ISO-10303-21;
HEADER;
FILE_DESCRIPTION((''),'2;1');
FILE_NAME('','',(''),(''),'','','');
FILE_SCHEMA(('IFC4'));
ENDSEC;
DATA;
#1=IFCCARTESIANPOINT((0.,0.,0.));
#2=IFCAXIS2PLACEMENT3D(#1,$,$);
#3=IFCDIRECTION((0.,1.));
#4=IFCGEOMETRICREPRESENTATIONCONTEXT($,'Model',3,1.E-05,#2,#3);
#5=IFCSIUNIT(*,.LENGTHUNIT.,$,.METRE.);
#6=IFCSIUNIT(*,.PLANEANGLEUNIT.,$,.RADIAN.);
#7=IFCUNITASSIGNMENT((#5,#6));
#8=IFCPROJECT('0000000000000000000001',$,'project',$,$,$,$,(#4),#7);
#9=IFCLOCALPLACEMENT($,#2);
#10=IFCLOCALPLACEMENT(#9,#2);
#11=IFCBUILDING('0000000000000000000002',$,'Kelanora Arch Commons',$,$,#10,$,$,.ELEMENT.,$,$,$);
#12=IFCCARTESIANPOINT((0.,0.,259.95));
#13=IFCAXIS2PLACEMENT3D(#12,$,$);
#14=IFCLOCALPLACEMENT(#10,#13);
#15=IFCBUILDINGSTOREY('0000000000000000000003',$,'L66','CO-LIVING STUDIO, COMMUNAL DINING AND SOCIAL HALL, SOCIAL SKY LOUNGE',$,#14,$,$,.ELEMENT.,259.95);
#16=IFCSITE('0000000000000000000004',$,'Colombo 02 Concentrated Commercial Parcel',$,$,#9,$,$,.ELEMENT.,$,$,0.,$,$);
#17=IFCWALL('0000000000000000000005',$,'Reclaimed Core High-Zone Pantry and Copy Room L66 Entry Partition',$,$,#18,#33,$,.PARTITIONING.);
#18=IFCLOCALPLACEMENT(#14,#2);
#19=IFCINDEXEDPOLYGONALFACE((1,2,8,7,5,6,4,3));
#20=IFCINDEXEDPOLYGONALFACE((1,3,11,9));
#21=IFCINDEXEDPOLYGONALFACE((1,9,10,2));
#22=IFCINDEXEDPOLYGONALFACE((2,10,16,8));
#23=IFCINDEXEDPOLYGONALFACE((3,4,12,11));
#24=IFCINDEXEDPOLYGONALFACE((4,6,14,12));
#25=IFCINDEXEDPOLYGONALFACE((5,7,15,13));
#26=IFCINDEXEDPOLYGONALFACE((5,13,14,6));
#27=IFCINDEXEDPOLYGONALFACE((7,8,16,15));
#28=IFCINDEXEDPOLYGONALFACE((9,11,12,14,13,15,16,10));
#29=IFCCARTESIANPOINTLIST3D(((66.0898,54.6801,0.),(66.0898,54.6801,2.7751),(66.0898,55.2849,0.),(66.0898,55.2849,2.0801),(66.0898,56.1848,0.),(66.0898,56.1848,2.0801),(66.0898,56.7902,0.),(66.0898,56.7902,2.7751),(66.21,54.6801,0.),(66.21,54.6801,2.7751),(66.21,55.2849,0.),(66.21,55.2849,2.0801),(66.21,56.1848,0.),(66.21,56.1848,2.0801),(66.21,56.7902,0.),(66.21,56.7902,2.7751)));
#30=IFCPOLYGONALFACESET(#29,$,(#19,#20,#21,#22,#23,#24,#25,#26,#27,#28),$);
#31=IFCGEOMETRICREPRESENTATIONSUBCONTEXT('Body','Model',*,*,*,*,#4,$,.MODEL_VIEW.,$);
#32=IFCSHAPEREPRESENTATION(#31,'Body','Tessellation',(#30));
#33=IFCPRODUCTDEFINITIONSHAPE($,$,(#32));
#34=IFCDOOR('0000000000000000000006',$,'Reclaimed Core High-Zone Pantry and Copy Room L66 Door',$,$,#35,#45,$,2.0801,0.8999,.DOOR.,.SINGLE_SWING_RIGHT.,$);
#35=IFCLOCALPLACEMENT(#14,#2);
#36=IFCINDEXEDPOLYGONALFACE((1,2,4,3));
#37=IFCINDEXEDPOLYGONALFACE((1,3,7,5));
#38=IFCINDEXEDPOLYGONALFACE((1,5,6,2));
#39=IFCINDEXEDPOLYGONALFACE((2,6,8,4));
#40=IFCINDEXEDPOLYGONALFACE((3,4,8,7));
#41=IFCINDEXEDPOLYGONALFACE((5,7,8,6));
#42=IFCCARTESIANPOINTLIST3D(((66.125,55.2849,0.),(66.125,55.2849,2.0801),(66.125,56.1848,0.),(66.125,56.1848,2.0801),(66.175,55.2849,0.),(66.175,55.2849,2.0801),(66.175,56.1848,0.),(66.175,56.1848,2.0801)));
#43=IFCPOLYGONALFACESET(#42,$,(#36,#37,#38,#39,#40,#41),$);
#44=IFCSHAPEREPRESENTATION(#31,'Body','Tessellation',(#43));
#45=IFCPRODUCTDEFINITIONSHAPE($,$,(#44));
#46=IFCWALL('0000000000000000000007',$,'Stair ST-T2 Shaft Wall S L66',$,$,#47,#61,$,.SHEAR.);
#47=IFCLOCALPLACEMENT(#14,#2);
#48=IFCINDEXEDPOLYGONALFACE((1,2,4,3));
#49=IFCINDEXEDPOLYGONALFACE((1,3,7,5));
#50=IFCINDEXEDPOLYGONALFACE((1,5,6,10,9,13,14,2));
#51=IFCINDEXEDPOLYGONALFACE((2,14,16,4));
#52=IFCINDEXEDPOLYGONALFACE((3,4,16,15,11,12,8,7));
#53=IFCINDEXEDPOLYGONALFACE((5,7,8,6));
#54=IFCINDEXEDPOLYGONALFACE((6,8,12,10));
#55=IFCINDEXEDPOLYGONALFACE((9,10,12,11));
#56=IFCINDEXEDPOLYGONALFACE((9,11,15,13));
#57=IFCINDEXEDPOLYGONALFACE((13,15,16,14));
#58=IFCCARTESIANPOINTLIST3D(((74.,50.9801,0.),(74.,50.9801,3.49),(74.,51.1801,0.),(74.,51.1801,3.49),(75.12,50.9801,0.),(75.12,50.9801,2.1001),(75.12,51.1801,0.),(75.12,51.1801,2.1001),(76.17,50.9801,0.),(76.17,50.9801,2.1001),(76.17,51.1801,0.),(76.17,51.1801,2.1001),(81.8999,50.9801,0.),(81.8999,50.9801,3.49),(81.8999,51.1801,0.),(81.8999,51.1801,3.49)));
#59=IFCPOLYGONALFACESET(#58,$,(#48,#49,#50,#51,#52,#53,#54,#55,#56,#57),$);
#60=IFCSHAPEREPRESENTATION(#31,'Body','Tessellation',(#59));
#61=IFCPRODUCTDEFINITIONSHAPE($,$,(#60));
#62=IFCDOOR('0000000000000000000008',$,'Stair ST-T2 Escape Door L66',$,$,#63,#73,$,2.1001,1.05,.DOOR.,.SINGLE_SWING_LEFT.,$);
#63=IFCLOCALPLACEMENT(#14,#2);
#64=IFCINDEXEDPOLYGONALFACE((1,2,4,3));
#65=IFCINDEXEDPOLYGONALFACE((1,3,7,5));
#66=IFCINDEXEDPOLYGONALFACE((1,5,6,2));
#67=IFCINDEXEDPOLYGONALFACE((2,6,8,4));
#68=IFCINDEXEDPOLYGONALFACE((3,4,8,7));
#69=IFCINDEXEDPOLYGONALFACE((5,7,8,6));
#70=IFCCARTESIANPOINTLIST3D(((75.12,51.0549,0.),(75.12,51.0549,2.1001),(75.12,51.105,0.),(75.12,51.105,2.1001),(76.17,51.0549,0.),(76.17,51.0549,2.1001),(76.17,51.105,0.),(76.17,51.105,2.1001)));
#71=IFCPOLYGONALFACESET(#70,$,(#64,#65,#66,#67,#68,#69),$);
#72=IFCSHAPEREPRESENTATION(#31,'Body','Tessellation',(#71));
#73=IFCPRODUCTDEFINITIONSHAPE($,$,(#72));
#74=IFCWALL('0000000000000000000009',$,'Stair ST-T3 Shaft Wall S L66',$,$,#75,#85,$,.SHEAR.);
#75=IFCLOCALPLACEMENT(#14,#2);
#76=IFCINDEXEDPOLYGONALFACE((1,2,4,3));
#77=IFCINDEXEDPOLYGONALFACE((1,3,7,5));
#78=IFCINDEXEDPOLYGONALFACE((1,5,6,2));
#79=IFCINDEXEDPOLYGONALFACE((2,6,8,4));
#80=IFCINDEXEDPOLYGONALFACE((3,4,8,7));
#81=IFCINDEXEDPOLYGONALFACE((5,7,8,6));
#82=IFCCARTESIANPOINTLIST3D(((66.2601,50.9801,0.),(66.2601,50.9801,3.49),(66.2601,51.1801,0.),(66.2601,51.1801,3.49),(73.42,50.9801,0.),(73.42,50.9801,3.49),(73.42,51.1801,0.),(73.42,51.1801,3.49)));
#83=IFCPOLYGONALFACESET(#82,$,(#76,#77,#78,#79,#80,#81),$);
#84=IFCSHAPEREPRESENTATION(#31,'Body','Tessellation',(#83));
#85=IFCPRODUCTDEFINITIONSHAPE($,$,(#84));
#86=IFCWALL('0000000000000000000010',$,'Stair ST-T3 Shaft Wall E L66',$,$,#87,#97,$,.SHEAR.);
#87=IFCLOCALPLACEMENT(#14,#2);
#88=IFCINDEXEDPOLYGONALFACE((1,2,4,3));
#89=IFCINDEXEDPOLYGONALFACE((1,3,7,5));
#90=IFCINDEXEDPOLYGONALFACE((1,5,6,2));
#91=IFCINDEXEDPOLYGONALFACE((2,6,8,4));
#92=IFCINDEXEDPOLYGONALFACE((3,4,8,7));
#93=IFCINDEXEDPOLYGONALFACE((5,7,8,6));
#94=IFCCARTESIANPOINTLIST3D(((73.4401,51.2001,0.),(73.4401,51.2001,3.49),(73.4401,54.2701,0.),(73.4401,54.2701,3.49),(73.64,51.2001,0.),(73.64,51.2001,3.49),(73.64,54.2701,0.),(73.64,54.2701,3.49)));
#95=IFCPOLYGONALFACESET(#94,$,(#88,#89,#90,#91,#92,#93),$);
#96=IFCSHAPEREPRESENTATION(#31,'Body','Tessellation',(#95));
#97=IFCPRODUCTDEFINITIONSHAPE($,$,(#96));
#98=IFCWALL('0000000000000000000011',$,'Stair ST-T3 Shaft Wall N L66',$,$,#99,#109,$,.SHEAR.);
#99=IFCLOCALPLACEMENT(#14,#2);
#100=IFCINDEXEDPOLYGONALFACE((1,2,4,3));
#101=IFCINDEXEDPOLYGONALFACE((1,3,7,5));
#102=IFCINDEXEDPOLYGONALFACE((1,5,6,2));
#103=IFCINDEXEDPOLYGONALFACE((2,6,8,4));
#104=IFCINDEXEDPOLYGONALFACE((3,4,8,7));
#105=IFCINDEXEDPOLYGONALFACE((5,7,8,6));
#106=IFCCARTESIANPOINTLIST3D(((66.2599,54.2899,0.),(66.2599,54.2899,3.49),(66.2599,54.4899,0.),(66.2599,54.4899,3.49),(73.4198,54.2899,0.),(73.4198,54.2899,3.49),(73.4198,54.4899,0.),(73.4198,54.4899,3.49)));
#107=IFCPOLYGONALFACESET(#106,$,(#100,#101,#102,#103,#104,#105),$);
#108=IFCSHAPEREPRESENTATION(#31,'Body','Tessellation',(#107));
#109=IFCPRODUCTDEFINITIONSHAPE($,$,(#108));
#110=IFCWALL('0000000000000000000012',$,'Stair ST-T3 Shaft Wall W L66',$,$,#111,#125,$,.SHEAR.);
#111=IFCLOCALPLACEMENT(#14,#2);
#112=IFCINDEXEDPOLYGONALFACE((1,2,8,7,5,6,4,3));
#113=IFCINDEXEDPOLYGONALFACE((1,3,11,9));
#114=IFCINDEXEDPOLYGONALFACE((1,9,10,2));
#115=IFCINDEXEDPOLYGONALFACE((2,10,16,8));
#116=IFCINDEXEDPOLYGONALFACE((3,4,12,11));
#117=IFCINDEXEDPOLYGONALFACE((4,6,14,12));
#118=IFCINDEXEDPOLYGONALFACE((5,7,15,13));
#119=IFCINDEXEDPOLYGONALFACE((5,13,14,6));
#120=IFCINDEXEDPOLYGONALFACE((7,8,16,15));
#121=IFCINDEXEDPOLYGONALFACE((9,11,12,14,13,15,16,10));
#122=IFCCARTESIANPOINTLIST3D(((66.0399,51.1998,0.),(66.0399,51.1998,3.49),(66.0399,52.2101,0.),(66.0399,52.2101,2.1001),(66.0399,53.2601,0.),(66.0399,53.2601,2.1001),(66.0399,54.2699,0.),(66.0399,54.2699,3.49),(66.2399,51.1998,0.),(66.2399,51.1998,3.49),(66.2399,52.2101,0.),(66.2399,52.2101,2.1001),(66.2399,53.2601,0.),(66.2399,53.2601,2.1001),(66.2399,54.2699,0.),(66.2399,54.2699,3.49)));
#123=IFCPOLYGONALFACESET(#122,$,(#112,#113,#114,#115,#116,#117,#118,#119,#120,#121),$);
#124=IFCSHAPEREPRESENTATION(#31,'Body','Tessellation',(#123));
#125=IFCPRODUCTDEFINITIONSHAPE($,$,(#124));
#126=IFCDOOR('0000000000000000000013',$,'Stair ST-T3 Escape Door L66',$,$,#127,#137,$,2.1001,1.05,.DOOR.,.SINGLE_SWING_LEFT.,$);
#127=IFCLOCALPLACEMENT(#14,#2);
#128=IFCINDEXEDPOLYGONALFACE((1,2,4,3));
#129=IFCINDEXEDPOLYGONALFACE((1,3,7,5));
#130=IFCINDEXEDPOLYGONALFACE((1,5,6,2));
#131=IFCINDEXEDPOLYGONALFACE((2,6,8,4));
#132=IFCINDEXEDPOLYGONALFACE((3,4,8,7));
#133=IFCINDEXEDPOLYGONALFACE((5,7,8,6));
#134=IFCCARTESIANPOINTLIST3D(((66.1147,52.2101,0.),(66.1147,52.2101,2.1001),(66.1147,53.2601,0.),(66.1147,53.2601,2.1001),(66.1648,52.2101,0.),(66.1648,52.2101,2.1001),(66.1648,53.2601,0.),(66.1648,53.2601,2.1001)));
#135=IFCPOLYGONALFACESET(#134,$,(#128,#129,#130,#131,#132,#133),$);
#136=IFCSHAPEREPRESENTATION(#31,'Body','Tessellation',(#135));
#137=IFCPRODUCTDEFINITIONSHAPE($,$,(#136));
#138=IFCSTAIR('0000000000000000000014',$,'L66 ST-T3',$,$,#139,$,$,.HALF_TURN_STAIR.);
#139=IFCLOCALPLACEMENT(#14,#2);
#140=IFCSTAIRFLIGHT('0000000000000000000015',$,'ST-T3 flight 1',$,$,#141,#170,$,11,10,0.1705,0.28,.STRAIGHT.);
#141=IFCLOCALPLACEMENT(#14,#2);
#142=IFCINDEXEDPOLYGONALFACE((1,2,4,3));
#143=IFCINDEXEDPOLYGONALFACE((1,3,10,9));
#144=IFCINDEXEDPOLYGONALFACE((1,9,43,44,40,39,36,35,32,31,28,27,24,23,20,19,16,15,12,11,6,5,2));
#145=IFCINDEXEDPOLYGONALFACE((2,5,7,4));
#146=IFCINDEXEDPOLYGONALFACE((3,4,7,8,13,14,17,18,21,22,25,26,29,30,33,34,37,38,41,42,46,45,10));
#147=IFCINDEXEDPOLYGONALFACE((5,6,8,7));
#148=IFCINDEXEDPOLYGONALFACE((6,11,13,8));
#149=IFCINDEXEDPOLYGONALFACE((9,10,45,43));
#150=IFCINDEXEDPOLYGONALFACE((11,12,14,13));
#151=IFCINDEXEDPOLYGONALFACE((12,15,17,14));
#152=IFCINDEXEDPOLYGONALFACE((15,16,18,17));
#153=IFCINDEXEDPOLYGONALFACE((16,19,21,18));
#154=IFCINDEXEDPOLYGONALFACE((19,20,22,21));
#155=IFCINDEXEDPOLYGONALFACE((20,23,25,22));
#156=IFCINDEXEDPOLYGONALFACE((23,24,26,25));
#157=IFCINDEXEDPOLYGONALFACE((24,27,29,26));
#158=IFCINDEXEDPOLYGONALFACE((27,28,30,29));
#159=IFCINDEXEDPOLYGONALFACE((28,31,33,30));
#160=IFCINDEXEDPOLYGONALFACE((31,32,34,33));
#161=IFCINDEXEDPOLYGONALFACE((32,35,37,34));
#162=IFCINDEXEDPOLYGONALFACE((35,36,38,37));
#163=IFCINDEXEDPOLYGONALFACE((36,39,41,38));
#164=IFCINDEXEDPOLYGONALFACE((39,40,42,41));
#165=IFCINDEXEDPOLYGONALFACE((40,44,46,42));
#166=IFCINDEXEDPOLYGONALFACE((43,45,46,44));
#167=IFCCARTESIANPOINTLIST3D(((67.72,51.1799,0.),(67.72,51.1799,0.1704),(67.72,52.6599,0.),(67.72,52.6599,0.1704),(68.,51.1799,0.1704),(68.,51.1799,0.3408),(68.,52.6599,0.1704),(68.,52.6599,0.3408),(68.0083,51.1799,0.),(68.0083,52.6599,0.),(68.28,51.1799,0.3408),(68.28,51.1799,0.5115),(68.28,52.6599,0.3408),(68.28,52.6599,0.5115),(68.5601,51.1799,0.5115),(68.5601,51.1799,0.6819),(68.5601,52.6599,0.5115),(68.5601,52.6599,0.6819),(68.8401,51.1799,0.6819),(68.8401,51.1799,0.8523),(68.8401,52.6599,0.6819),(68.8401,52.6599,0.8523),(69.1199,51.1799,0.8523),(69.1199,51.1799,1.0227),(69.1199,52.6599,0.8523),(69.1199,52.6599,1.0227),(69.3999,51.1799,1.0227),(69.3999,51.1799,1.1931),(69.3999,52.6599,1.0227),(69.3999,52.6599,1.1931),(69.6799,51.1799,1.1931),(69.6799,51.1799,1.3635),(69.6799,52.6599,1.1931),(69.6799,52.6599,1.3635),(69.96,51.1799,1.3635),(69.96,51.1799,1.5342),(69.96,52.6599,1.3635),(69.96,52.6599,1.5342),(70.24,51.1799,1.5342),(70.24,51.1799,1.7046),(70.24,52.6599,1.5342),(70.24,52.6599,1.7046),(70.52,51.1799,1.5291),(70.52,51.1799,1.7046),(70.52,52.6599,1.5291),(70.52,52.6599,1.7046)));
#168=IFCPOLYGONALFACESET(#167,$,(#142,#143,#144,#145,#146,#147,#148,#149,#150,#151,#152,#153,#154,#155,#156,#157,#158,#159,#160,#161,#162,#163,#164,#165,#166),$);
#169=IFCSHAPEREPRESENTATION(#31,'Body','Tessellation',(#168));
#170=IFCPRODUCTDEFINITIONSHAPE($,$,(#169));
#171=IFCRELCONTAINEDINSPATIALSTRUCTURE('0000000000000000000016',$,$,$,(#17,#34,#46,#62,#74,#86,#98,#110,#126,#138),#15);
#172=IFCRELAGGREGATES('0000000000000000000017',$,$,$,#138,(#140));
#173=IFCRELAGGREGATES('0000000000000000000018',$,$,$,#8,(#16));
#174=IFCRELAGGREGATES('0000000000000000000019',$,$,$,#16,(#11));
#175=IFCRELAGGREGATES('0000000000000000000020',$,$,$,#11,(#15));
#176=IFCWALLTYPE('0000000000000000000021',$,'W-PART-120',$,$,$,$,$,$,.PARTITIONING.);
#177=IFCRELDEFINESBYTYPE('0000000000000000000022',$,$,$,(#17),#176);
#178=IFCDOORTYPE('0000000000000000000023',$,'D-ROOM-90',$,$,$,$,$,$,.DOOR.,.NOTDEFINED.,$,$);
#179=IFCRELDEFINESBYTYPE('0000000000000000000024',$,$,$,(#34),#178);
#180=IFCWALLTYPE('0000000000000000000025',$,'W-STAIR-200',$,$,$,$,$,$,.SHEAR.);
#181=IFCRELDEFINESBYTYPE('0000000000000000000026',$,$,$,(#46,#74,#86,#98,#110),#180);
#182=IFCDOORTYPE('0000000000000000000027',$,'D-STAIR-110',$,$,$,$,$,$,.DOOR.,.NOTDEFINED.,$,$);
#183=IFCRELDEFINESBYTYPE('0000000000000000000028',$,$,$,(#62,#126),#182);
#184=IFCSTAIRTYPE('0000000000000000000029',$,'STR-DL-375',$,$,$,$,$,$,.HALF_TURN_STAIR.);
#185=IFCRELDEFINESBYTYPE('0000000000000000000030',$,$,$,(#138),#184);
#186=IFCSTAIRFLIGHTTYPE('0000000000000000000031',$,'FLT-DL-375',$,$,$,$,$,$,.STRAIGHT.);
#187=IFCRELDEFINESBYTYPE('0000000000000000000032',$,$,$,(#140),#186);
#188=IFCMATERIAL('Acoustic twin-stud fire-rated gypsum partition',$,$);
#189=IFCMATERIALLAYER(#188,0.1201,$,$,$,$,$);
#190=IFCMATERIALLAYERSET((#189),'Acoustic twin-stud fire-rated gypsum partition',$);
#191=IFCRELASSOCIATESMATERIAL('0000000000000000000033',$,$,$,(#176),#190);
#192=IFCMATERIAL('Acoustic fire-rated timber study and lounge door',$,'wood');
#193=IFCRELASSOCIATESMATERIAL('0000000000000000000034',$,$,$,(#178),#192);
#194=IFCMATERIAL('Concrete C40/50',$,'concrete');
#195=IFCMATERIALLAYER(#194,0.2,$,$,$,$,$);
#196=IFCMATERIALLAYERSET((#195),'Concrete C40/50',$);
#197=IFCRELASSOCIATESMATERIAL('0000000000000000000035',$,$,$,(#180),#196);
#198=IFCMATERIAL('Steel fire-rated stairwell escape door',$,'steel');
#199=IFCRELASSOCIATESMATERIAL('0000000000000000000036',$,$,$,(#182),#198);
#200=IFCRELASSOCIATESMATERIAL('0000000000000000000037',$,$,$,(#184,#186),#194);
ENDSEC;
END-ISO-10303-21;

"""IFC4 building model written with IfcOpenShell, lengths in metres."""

from ifc_helpers import new_model, si_unit, direction, frame, frame_2d, origin, place, context, subcontext, project, spatial, polyline, rectangle, outline, extrude, material, layer, layer_set, type_object, element, fill, aggregate, save


model = new_model("IFC4")

# Units and contexts
model_context = context("Model", 3, precision=1e-05, world=origin(), true_north=direction((0.0, 1.0)))
body_context = subcontext(model_context, "Body", "Model", "MODEL_VIEW")
ifc_project = project(units=[si_unit("LENGTHUNIT", "METRE"), si_unit("PLANEANGLEUNIT", "RADIAN")], contexts=[model_context])

# Site, building, storey
site_placement = place(None, origin())
site = spatial("IfcSite", under=ifc_project, at=site_placement, Name="Colombo 02 Concentrated Commercial Parcel", CompositionType="ELEMENT", RefElevation=0.0)
building_placement = place(site_placement, origin())
building = spatial("IfcBuilding", under=site, at=building_placement, Name="Kelanora Arch Commons", CompositionType="ELEMENT")
storey_placement = place(building_placement, frame((0.0, 0.0, 259.95)))
storey = spatial("IfcBuildingStorey", under=building, at=storey_placement, Name="L66", Description="CO-LIVING STUDIO, COMMUNAL DINING AND SOCIAL HALL, SOCIAL SKY LOUNGE", CompositionType="ELEMENT", Elevation=259.95)

# Shared definitions
ifc_material_1 = material(Name="Concrete C40/50", Category="concrete")

# Walls, openings, doors
ifc_material_2 = material(Name="Acoustic twin-stud fire-rated gypsum partition")
ifc_layer_1 = layer(ifc_material_2, 0.1201)
ifc_layer_set_1 = layer_set([ifc_layer_1], Name="Acoustic twin-stud fire-rated gypsum partition")
wall_type_1 = type_object("IfcWallType", Name="W-PART-120", PredefinedType="PARTITIONING", material=ifc_layer_set_1)
wall_1_placement = place(storey_placement, frame((66.1499, 54.6799, 0.0), z_axis=(0.0, 0.0, 1.0), x_axis=(0.0, 1.0, 0.0)))
wall_1 = element("IfcWall", 1, at=wall_1_placement, inside=storey, type_object=wall_type_1, Name="Reclaimed Core High-Zone Pantry and Copy Room L66 Entry Partition", PredefinedType="PARTITIONING", context=body_context, shape_type="SweptSolid", body=[
    extrude(rectangle(XDim=2.1101, YDim=0.1201, at=frame_2d((1.0552, 0.0))), origin(), (0.0, 0.0, 1.0), 2.7751),
])
opening_1_placement = place(wall_1_placement, frame((0.605, 0.0, 0.0)))
opening_1 = element("IfcOpeningElement", 2, at=opening_1_placement, cuts=wall_1, PredefinedType="OPENING", context=body_context, shape_type="SweptSolid", body=[
    extrude(rectangle(XDim=0.8999, YDim=2.0801, at=frame_2d((0.45, 1.04))), frame((0.0, 0.0701, 0.0), z_axis=(0.0, -1.0, 0.0), x_axis=(1.0, 0.0, 0.0)), (0.0, 0.0, 1.0), 0.1401),
])
ifc_material_3 = material(Name="Acoustic fire-rated timber study and lounge door", Category="wood")
door_type_1 = type_object("IfcDoorType", Name="D-ROOM-90", OperationType="NOTDEFINED", PredefinedType="DOOR", material=ifc_material_3)
door_1_placement = place(opening_1_placement, origin())
door_1 = element("IfcDoor", 3, at=door_1_placement, inside=storey, type_object=door_type_1, Name="Reclaimed Core High-Zone Pantry and Copy Room L66 Door", OperationType="SINGLE_SWING_RIGHT", OverallHeight=2.0801, OverallWidth=0.8999, PredefinedType="DOOR", context=body_context, shape_type="SweptSolid", body=[
    extrude(rectangle(XDim=0.8999, YDim=2.0801, at=frame_2d((0.45, 1.04))), frame((0.0, 0.0249, 0.0), z_axis=(0.0, -1.0, 0.0), x_axis=(1.0, 0.0, 0.0)), (0.0, 0.0, 1.0), 0.05),
])
fill(opening_1, door_1)
ifc_layer_2 = layer(ifc_material_1, 0.2)
ifc_layer_set_2 = layer_set([ifc_layer_2], Name="Concrete C40/50")
wall_type_2 = type_object("IfcWallType", Name="W-STAIR-200", PredefinedType="SHEAR", material=ifc_layer_set_2)
wall_2_placement = place(storey_placement, frame((74.0, 51.0801, 0.0), z_axis=(0.0, 0.0, 1.0), x_axis=(1.0, 0.0, 0.0)))
wall_2 = element("IfcWall", 4, at=wall_2_placement, inside=storey, type_object=wall_type_2, Name="Stair ST-T2 Shaft Wall S L66", PredefinedType="SHEAR", context=body_context, shape_type="SweptSolid", body=[
    extrude(rectangle(XDim=7.8999, YDim=0.2, at=frame_2d((3.95, 0.0))), origin(), (0.0, 0.0, 1.0), 3.49),
])
opening_2_placement = place(wall_2_placement, frame((1.1201, 0.0, 0.0)))
opening_2 = element("IfcOpeningElement", 5, at=opening_2_placement, cuts=wall_2, PredefinedType="OPENING", context=body_context, shape_type="SweptSolid", body=[
    extrude(rectangle(XDim=1.05, YDim=2.1001, at=frame_2d((0.5249, 1.05))), frame((0.0, 0.1099, 0.0), z_axis=(0.0, -1.0, 0.0), x_axis=(1.0, 0.0, 0.0)), (0.0, 0.0, 1.0), 0.22),
])
ifc_material_4 = material(Name="Steel fire-rated stairwell escape door", Category="steel")
door_type_2 = type_object("IfcDoorType", Name="D-STAIR-110", OperationType="NOTDEFINED", PredefinedType="DOOR", material=ifc_material_4)
door_2_placement = place(opening_2_placement, origin())
door_2 = element("IfcDoor", 6, at=door_2_placement, inside=storey, type_object=door_type_2, Name="Stair ST-T2 Escape Door L66", OperationType="SINGLE_SWING_LEFT", OverallHeight=2.1001, OverallWidth=1.05, PredefinedType="DOOR", context=body_context, shape_type="SweptSolid", body=[
    extrude(rectangle(XDim=1.05, YDim=2.1001, at=frame_2d((0.5249, 1.05))), frame((0.0, 0.0249, 0.0), z_axis=(0.0, -1.0, 0.0), x_axis=(1.0, 0.0, 0.0)), (0.0, 0.0, 1.0), 0.05),
])
fill(opening_2, door_2)

# Walls
wall_3_placement = place(storey_placement, frame((66.26, 51.0801, 0.0), z_axis=(0.0, 0.0, 1.0), x_axis=(1.0, 0.0, 0.0)))
element("IfcWall", 7, at=wall_3_placement, inside=storey, type_object=wall_type_2, Name="Stair ST-T3 Shaft Wall S L66", PredefinedType="SHEAR", context=body_context, shape_type="SweptSolid", body=[
    extrude(rectangle(XDim=7.1599, YDim=0.2, at=frame_2d((3.5801, 0.0))), origin(), (0.0, 0.0, 1.0), 3.49),
])
wall_4_placement = place(storey_placement, frame((73.54, 51.2, 0.0), z_axis=(0.0, 0.0, 1.0), x_axis=(0.0, 1.0, 0.0)))
element("IfcWall", 8, at=wall_4_placement, inside=storey, type_object=wall_type_2, Name="Stair ST-T3 Shaft Wall E L66", PredefinedType="SHEAR", context=body_context, shape_type="SweptSolid", body=[
    extrude(rectangle(XDim=3.0701, YDim=0.2, at=frame_2d((1.5352, 0.0))), origin(), (0.0, 0.0, 1.0), 3.49),
])
wall_5_placement = place(storey_placement, frame((73.4199, 54.3899, 0.0), z_axis=(0.0, 0.0, 1.0), x_axis=(-1.0, 0.0, 0.0)))
element("IfcWall", 9, at=wall_5_placement, inside=storey, type_object=wall_type_2, Name="Stair ST-T3 Shaft Wall N L66", PredefinedType="SHEAR", context=body_context, shape_type="SweptSolid", body=[
    extrude(rectangle(XDim=7.1599, YDim=0.2, at=frame_2d((3.5801, 0.0))), origin(), (0.0, 0.0, 1.0), 3.49),
])

# Wall, opening, door
wall_6_placement = place(storey_placement, frame((66.1399, 54.27, 0.0), z_axis=(0.0, 0.0, 1.0), x_axis=(0.0, -1.0, 0.0)))
wall_6 = element("IfcWall", 10, at=wall_6_placement, inside=storey, type_object=wall_type_2, Name="Stair ST-T3 Shaft Wall W L66", PredefinedType="SHEAR", context=body_context, shape_type="SweptSolid", body=[
    extrude(rectangle(XDim=3.0701, YDim=0.2, at=frame_2d((1.5352, 0.0))), origin(), (0.0, 0.0, 1.0), 3.49),
])
opening_3_placement = place(wall_6_placement, frame((1.01, 0.0, 0.0)))
opening_3 = element("IfcOpeningElement", 11, at=opening_3_placement, cuts=wall_6, PredefinedType="OPENING", context=body_context, shape_type="SweptSolid", body=[
    extrude(rectangle(XDim=1.05, YDim=2.1001, at=frame_2d((0.5249, 1.05))), frame((0.0, 0.1099, 0.0), z_axis=(0.0, -1.0, 0.0), x_axis=(1.0, 0.0, 0.0)), (0.0, 0.0, 1.0), 0.22),
])
door_3_placement = place(opening_3_placement, origin())
door_3 = element("IfcDoor", 12, at=door_3_placement, inside=storey, type_object=door_type_2, Name="Stair ST-T3 Escape Door L66", OperationType="SINGLE_SWING_LEFT", OverallHeight=2.1001, OverallWidth=1.05, PredefinedType="DOOR", context=body_context, shape_type="SweptSolid", body=[
    extrude(rectangle(XDim=1.05, YDim=2.1001, at=frame_2d((0.5249, 1.05))), frame((0.0, 0.0249, 0.0), z_axis=(0.0, -1.0, 0.0), x_axis=(1.0, 0.0, 0.0)), (0.0, 0.0, 1.0), 0.05),
])
fill(opening_3, door_3)

# Stair, stair flight
stair_type = type_object("IfcStairType", Name="STR-DL-375", PredefinedType="HALF_TURN_STAIR", material=ifc_material_1)
stair_placement = place(storey_placement, origin())
stair = element("IfcStair", 13, at=stair_placement, inside=storey, type_object=stair_type, Name="L66 ST-T3", PredefinedType="HALF_TURN_STAIR")
stair_flight_type = type_object("IfcStairFlightType", Name="FLT-DL-375", PredefinedType="STRAIGHT", material=ifc_material_1)
stair_flight_1_placement = place(storey_placement, frame((67.72, 51.9199, 0.0), z_axis=(0.0, 0.0, 1.0), x_axis=(1.0, 0.0, 0.0)))
stair_flight_1 = element("IfcStairFlight", 14, at=stair_flight_1_placement, type_object=stair_flight_type, Name="ST-T3 flight 1", NumberOfRisers=11, NumberOfTreads=10, PredefinedType="STRAIGHT", RiserHeight=0.1705, TreadLength=0.28, context=body_context, shape_type="SweptSolid", body=[
    extrude(outline(polyline([(0.0, 0.0), (0.0, 0.1704), (0.28, 0.1704), (0.28, 0.3408), (0.5601, 0.3408), (0.5601, 0.5115), (0.8401, 0.5115), (0.8401, 0.6819), (1.1201, 0.6819), (1.1201, 0.8523), (1.3999, 0.8523), (1.3999, 1.0227), (1.6799, 1.0227), (1.6799, 1.1931), (1.96, 1.1931), (1.96, 1.3635), (2.24, 1.3635), (2.24, 1.5342), (2.52, 1.5342), (2.52, 1.7046), (2.8, 1.7046), (2.8, 1.875), (2.8, 1.5291), (0.2883, 0.0), (0.0, 0.0)])), frame((0.0, 0.74, 0.0), z_axis=(0.0, -1.0, 0.0), x_axis=(1.0, 0.0, 0.0)), (0.0, 0.0, 1.0), 1.48),
])
aggregate(stair, [stair_flight_1])

save(model, "model.ifc")
